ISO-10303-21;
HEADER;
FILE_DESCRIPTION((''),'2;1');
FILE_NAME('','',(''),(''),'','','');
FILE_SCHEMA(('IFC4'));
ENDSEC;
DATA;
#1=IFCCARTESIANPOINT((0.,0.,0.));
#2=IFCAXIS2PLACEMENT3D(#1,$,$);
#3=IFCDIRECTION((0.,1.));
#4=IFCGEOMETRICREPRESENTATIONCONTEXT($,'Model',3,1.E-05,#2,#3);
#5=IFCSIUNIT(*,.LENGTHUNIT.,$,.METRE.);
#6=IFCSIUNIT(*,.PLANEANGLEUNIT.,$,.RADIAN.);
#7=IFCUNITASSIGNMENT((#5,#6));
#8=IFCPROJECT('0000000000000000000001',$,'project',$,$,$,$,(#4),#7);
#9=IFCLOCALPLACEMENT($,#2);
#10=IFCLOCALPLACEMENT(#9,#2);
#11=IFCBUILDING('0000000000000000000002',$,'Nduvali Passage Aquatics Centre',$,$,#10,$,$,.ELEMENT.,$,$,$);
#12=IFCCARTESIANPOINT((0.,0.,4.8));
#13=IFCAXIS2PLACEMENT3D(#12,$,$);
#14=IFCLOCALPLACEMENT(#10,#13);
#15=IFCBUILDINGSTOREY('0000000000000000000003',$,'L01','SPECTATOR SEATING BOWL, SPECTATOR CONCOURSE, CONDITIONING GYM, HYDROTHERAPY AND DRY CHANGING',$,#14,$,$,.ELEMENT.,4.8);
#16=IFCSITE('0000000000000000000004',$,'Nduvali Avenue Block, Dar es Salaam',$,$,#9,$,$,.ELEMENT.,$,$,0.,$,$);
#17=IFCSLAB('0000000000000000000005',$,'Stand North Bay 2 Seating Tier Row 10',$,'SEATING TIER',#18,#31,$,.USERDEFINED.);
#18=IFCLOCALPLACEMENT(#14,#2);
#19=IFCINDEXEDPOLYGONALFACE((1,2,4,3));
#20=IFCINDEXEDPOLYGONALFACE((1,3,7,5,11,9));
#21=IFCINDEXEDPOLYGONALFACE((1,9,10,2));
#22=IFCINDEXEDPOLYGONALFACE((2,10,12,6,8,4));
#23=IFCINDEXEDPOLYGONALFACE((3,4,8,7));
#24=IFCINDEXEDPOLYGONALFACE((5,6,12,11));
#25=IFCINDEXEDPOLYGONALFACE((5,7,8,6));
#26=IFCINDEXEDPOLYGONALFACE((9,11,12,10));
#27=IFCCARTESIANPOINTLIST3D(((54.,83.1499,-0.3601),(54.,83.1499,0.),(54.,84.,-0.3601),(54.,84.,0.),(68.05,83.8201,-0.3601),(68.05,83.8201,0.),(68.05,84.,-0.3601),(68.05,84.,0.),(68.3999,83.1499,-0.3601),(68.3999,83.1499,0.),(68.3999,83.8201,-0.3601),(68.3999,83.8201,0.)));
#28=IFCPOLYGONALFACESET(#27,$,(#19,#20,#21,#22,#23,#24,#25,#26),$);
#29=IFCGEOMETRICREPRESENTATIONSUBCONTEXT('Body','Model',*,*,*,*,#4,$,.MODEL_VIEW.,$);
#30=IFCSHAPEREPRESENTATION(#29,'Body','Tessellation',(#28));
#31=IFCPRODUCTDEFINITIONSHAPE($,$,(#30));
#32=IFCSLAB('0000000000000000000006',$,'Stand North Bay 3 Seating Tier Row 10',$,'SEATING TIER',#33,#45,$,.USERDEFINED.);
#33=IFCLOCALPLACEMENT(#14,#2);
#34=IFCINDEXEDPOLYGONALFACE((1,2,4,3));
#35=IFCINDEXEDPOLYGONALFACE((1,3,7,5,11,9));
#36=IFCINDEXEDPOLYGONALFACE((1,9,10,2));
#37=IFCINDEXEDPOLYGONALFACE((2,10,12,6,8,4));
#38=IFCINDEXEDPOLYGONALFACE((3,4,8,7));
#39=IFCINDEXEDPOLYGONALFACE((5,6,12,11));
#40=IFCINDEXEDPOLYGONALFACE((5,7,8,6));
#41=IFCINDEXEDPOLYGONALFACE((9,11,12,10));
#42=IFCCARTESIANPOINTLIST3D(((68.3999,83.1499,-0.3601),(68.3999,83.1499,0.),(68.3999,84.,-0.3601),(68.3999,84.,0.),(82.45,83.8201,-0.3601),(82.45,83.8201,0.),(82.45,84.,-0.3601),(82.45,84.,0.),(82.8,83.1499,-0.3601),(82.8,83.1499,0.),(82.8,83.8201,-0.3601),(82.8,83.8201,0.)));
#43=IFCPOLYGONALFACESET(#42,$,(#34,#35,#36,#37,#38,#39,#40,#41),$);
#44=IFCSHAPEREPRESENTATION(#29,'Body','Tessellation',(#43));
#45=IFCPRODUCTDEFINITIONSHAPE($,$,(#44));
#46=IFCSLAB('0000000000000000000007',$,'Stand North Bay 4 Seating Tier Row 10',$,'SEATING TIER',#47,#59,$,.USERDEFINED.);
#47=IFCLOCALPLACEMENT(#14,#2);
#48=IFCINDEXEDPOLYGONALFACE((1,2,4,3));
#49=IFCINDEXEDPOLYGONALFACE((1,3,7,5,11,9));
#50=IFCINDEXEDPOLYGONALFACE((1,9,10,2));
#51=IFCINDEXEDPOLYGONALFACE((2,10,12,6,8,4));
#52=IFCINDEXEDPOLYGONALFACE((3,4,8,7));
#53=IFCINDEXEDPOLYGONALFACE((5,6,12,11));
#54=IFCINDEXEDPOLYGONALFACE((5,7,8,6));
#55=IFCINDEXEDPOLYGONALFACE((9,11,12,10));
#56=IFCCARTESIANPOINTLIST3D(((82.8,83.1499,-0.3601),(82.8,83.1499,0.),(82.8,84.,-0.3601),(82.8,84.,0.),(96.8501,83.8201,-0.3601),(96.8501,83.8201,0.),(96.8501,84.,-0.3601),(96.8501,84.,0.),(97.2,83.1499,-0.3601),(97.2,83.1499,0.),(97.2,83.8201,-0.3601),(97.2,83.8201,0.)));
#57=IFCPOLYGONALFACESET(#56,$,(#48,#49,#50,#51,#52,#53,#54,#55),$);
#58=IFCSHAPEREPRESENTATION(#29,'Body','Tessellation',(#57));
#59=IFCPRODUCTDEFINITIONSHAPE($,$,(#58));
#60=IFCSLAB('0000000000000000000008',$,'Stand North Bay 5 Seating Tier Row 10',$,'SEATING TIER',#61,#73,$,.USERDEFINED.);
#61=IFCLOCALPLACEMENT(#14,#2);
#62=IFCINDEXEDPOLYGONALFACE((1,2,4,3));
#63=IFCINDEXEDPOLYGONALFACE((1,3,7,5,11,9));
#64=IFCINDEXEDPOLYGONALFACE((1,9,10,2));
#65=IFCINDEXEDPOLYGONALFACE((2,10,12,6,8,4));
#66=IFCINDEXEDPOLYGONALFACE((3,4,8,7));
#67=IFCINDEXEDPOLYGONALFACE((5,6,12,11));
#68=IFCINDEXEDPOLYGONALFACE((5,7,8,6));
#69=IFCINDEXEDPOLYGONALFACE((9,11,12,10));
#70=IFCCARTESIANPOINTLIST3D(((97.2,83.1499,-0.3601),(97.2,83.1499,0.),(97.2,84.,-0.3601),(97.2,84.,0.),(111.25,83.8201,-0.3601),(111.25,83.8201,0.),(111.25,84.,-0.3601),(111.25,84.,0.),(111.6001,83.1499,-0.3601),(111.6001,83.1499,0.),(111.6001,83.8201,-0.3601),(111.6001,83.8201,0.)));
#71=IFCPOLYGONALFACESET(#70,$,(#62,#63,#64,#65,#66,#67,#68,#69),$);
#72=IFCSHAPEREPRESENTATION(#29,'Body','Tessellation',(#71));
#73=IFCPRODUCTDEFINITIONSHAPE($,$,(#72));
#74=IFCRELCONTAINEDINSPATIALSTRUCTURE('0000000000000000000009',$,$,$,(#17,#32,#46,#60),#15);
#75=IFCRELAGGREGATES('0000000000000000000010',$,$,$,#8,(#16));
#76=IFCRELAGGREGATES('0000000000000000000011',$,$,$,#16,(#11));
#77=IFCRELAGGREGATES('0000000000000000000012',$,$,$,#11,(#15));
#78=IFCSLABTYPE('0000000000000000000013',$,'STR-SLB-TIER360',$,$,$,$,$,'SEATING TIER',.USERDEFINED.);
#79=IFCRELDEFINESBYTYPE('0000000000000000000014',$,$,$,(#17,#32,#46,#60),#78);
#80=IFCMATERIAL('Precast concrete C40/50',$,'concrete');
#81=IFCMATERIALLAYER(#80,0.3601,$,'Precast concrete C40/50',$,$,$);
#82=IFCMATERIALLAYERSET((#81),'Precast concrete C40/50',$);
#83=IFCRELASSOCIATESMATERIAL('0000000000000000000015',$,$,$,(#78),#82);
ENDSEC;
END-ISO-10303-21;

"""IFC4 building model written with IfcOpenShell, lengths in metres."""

from ifc_helpers import new_model, si_unit, direction, frame, origin, place, context, subcontext, project, spatial, polyline, outline, extrude, material, layer, layer_set, type_object, element, save


model = new_model("IFC4")

# Units and contexts
model_context = context("Model", 3, precision=1e-05, world=origin(), true_north=direction((0.0, 1.0)))
body_context = subcontext(model_context, "Body", "Model", "MODEL_VIEW")
ifc_project = project(units=[si_unit("LENGTHUNIT", "METRE"), si_unit("PLANEANGLEUNIT", "RADIAN")], contexts=[model_context])

# Site, building, storey
site_placement = place(None, origin())
site = spatial("IfcSite", under=ifc_project, at=site_placement, Name="Nduvali Avenue Block, Dar es Salaam", CompositionType="ELEMENT", RefElevation=0.0)
building_placement = place(site_placement, origin())
building = spatial("IfcBuilding", under=site, at=building_placement, Name="Nduvali Passage Aquatics Centre", CompositionType="ELEMENT")
storey_placement = place(building_placement, frame((0.0, 0.0, 4.8)))
storey = spatial("IfcBuildingStorey", under=building, at=storey_placement, Name="L01", Description="SPECTATOR SEATING BOWL, SPECTATOR CONCOURSE, CONDITIONING GYM, HYDROTHERAPY AND DRY CHANGING", CompositionType="ELEMENT", Elevation=4.8)

# Slabs
ifc_material = material(Name="Precast concrete C40/50", Category="concrete")
ifc_layer = layer(ifc_material, 0.3601, Name="Precast concrete C40/50")
ifc_layer_set = layer_set([ifc_layer], Name="Precast concrete C40/50")
slab_type = type_object("IfcSlabType", Name="STR-SLB-TIER360", ElementType="SEATING TIER", PredefinedType="USERDEFINED", material=ifc_layer_set)
slab_1_placement = place(storey_placement, frame((0.0, 0.0, -0.3601)))
element("IfcSlab", 1, at=slab_1_placement, inside=storey, type_object=slab_type, Name="Stand North Bay 2 Seating Tier Row 10", ObjectType="SEATING TIER", PredefinedType="USERDEFINED", context=body_context, shape_type="SweptSolid", body=[
    extrude(outline(polyline([(54.0, 83.1499), (68.3999, 83.1499), (68.3999, 83.8201), (68.05, 83.8201), (68.05, 84.0), (54.0, 84.0), (54.0, 83.1499)])), origin(), (0.0, 0.0, 1.0), 0.3601),
])
slab_2_placement = place(storey_placement, frame((0.0, 0.0, -0.3601)))
element("IfcSlab", 2, at=slab_2_placement, inside=storey, type_object=slab_type, Name="Stand North Bay 3 Seating Tier Row 10", ObjectType="SEATING TIER", PredefinedType="USERDEFINED", context=body_context, shape_type="SweptSolid", body=[
    extrude(outline(polyline([(68.3999, 83.1499), (82.8, 83.1499), (82.8, 83.8201), (82.45, 83.8201), (82.45, 84.0), (68.3999, 84.0), (68.3999, 83.1499)])), origin(), (0.0, 0.0, 1.0), 0.3601),
])
slab_3_placement = place(storey_placement, frame((0.0, 0.0, -0.3601)))
element("IfcSlab", 3, at=slab_3_placement, inside=storey, type_object=slab_type, Name="Stand North Bay 4 Seating Tier Row 10", ObjectType="SEATING TIER", PredefinedType="USERDEFINED", context=body_context, shape_type="SweptSolid", body=[
    extrude(outline(polyline([(82.8, 83.1499), (97.2, 83.1499), (97.2, 83.8201), (96.8501, 83.8201), (96.8501, 84.0), (82.8, 84.0), (82.8, 83.1499)])), origin(), (0.0, 0.0, 1.0), 0.3601),
])
slab_4_placement = place(storey_placement, frame((0.0, 0.0, -0.3601)))
element("IfcSlab", 4, at=slab_4_placement, inside=storey, type_object=slab_type, Name="Stand North Bay 5 Seating Tier Row 10", ObjectType="SEATING TIER", PredefinedType="USERDEFINED", context=body_context, shape_type="SweptSolid", body=[
    extrude(outline(polyline([(97.2, 83.1499), (111.6001, 83.1499), (111.6001, 83.8201), (111.25, 83.8201), (111.25, 84.0), (97.2, 84.0), (97.2, 83.1499)])), origin(), (0.0, 0.0, 1.0), 0.3601),
])

save(model, "model.ifc")
